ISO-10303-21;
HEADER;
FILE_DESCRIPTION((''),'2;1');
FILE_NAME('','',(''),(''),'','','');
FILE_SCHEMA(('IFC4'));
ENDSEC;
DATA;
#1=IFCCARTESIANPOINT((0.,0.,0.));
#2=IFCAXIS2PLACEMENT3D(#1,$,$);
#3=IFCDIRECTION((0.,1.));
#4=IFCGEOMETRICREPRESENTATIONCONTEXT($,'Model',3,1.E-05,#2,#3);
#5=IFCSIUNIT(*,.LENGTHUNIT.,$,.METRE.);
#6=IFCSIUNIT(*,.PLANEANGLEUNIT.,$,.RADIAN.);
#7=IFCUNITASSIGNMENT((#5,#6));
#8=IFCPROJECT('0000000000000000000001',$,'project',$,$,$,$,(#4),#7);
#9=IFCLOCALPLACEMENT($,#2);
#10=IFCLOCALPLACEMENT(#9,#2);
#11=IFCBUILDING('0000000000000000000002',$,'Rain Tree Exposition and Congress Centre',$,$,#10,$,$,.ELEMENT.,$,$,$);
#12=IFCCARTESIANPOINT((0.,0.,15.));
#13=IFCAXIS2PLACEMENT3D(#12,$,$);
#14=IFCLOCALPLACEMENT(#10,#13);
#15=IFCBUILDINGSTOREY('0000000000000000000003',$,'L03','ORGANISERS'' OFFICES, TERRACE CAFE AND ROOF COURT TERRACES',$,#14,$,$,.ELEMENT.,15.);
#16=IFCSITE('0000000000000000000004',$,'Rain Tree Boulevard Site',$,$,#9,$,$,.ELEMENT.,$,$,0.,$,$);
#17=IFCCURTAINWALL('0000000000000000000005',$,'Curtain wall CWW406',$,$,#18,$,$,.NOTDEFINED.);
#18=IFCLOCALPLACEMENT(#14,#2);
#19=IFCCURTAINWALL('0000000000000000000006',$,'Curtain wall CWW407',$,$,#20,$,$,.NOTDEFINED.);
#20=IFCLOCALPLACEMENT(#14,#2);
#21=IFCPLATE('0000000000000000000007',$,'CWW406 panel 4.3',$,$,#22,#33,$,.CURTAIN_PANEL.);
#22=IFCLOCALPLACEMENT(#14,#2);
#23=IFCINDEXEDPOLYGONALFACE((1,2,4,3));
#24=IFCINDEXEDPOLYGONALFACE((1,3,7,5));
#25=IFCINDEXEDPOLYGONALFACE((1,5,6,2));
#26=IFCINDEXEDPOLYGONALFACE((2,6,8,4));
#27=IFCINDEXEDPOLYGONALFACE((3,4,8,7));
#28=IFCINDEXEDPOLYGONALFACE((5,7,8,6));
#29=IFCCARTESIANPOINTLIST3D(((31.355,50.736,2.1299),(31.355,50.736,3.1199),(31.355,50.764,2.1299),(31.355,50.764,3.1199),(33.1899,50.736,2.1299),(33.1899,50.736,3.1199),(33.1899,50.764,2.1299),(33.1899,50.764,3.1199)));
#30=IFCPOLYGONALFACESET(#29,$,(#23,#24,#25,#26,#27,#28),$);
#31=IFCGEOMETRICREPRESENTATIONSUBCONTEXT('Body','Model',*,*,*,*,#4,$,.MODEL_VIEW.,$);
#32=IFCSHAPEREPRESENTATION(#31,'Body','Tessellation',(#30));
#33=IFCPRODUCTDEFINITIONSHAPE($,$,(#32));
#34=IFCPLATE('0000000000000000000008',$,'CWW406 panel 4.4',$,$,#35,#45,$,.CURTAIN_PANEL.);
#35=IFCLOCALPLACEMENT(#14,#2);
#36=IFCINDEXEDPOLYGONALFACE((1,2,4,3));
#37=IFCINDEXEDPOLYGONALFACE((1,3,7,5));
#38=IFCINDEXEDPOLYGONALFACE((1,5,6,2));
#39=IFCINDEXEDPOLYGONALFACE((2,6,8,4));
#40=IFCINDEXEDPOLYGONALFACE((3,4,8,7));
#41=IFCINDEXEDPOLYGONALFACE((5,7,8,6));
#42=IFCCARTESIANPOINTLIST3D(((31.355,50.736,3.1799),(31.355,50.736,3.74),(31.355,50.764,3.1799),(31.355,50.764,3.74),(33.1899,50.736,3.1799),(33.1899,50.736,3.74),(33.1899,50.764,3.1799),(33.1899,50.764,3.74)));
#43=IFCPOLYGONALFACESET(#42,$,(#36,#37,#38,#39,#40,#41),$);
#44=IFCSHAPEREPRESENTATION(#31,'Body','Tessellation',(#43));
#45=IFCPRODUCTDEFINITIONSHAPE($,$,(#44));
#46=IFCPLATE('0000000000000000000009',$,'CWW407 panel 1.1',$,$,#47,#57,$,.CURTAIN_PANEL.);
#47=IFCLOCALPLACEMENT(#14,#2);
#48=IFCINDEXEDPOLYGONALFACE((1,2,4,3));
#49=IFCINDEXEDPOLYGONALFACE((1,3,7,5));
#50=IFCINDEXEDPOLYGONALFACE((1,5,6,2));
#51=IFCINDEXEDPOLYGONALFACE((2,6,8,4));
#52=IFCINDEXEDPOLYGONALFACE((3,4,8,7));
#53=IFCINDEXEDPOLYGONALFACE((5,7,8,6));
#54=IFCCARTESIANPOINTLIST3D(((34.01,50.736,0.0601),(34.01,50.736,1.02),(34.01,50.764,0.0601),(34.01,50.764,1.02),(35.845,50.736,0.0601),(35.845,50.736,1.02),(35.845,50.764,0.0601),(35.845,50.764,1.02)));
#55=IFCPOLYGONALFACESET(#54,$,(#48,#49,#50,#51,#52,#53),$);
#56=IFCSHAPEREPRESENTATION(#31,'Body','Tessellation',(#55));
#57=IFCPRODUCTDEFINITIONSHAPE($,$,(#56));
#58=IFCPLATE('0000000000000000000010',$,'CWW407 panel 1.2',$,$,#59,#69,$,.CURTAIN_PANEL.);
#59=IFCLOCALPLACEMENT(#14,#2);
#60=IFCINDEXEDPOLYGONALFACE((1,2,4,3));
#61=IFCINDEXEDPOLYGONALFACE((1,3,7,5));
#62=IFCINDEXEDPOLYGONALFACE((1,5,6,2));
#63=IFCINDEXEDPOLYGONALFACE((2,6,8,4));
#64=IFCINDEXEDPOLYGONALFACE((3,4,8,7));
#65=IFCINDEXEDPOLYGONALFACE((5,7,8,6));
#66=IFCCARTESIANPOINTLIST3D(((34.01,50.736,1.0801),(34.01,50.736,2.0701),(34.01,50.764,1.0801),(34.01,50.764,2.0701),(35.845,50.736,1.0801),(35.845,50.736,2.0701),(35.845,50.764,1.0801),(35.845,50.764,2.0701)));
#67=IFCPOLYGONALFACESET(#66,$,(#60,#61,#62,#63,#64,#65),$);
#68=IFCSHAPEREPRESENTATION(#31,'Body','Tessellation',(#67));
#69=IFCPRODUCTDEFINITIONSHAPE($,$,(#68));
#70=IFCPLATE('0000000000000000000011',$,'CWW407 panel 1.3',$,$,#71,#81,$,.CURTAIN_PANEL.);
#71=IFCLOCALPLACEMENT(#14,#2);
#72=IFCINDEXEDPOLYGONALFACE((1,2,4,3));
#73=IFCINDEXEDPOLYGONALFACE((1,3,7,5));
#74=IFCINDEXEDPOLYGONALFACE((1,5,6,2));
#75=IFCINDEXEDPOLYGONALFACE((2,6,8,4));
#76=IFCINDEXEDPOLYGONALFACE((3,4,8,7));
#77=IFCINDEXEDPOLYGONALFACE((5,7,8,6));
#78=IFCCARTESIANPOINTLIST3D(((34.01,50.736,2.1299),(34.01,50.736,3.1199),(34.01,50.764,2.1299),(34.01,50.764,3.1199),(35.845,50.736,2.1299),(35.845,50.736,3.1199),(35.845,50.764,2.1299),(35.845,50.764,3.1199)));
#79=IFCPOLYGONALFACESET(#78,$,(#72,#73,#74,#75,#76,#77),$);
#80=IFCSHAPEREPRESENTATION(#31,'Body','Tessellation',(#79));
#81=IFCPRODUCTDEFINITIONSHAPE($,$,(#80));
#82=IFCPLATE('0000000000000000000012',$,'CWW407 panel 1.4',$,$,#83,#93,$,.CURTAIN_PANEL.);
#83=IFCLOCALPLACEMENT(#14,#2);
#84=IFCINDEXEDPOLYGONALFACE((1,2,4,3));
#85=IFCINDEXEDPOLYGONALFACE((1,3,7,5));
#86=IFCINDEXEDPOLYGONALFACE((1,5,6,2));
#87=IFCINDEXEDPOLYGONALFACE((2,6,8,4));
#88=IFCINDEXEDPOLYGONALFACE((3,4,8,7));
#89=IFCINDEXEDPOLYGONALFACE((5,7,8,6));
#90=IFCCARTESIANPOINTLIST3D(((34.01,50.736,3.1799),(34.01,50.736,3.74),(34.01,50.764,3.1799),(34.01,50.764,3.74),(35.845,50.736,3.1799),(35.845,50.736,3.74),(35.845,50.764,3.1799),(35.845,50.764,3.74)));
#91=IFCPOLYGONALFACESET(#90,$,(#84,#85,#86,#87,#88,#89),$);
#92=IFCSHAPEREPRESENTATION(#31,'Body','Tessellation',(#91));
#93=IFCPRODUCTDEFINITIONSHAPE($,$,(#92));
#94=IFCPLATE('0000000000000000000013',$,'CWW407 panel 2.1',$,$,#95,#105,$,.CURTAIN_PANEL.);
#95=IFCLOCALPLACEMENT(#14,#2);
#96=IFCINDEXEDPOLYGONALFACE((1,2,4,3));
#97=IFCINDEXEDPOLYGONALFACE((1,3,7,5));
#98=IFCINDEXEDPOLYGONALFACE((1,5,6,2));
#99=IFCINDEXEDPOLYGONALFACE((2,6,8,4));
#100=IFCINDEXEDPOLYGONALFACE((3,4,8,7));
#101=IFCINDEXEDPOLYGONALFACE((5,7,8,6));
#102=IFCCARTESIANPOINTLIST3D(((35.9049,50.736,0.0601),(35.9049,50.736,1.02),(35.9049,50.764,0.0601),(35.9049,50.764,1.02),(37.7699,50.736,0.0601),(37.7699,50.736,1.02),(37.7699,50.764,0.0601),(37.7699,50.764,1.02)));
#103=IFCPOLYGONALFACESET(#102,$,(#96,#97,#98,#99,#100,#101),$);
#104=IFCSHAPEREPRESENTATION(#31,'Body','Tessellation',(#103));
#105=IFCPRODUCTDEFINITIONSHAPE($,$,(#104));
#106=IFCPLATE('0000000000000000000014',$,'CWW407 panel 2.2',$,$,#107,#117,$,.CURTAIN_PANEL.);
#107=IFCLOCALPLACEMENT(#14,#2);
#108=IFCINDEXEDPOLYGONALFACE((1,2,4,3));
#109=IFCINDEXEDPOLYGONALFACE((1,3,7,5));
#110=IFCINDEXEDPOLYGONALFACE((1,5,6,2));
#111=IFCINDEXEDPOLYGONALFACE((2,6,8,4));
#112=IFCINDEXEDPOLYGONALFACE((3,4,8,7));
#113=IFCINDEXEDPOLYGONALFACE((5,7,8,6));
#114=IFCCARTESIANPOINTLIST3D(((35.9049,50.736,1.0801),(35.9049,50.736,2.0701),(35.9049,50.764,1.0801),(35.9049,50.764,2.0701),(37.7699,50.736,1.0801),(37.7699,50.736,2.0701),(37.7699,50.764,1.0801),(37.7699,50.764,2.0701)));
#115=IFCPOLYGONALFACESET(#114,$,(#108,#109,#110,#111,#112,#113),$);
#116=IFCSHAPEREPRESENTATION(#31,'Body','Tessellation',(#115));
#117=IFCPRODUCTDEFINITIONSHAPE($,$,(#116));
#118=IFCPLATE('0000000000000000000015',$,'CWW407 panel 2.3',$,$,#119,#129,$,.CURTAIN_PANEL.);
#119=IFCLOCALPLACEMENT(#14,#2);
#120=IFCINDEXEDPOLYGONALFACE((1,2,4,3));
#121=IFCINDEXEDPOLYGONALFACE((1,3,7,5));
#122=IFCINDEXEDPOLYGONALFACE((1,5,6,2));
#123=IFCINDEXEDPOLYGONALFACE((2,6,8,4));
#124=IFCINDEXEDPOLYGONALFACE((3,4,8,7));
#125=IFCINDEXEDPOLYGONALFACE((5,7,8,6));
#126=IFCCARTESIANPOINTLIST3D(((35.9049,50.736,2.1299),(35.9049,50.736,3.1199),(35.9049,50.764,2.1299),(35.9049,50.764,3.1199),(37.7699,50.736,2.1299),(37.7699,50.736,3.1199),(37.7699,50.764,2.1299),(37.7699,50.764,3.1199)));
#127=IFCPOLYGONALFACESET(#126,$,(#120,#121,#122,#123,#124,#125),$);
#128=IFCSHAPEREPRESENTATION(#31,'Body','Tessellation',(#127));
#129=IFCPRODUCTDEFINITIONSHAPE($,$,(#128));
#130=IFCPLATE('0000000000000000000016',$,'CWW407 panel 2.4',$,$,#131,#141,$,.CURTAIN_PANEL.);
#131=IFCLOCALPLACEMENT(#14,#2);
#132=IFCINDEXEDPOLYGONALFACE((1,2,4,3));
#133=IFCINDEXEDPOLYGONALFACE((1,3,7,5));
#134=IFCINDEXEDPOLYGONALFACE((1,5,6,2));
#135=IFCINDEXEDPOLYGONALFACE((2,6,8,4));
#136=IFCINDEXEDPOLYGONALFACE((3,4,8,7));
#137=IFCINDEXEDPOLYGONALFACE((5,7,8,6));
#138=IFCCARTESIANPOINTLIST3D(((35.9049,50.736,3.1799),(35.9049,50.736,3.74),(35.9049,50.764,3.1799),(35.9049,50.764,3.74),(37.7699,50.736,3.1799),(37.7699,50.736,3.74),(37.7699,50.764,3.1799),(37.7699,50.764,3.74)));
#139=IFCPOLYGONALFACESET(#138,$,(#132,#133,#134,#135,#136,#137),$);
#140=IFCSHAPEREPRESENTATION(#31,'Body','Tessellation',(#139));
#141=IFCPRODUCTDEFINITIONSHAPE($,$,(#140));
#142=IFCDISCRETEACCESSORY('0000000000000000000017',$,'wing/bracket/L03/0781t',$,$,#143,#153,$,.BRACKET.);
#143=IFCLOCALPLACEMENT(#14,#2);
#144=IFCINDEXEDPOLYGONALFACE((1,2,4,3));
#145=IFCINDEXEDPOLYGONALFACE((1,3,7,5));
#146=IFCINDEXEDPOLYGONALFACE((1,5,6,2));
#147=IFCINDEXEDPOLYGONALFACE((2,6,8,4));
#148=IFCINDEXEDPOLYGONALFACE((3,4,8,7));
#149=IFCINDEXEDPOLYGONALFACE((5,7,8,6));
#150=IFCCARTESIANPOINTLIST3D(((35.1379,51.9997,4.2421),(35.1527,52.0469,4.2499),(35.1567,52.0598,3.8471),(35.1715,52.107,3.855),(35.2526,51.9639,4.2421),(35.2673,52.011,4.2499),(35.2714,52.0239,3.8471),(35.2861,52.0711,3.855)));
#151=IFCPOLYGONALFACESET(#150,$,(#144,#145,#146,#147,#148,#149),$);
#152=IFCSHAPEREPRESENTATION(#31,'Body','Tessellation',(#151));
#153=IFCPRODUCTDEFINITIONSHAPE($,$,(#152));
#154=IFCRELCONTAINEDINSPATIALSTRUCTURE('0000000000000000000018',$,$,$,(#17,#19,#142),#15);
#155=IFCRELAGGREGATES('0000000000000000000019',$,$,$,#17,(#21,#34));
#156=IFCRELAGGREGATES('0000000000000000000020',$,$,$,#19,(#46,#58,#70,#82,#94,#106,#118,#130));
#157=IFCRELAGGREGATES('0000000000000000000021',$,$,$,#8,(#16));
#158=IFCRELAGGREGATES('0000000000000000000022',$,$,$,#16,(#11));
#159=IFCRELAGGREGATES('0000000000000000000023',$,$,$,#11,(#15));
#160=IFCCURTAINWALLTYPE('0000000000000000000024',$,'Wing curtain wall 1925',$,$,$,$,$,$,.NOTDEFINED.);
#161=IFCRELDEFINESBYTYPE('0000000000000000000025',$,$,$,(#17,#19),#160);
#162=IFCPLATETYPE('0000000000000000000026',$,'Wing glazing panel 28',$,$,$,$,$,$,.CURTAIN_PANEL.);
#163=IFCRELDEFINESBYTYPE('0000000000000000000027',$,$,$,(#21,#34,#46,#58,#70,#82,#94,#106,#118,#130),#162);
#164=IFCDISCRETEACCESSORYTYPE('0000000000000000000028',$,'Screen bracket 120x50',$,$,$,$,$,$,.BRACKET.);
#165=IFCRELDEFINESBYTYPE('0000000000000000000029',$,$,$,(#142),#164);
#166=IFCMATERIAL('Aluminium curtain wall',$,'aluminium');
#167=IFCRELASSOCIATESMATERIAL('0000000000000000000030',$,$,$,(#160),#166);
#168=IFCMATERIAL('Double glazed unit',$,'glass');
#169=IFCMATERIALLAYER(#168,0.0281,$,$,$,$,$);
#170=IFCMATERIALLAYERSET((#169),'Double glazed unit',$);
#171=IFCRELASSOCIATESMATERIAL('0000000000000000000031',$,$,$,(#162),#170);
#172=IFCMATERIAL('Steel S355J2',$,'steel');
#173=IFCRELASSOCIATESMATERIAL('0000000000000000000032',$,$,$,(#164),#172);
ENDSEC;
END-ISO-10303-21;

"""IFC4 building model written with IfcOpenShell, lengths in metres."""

from ifc_helpers import new_model, si_unit, direction, frame, origin, origin_2d, place, context, subcontext, project, spatial, rectangle, extrude, material, layer, layer_set, material_profile, profile_set, type_object, element, aggregate, save


model = new_model("IFC4")

# Units and contexts
model_context = context("Model", 3, precision=1e-05, world=origin(), true_north=direction((0.0, 1.0)))
body_context = subcontext(model_context, "Body", "Model", "MODEL_VIEW")
ifc_project = project(units=[si_unit("LENGTHUNIT", "METRE"), si_unit("PLANEANGLEUNIT", "RADIAN")], contexts=[model_context])

# Site, building, storey
site_placement = place(None, origin())
site = spatial("IfcSite", under=ifc_project, at=site_placement, Name="Rain Tree Boulevard Site", CompositionType="ELEMENT", RefElevation=0.0)
building_placement = place(site_placement, origin())
building = spatial("IfcBuilding", under=site, at=building_placement, Name="Rain Tree Exposition and Congress Centre", CompositionType="ELEMENT")
storey_placement = place(building_placement, frame((0.0, 0.0, 15.0)))
storey = spatial("IfcBuildingStorey", under=building, at=storey_placement, Name="L03", Description="ORGANISERS' OFFICES, TERRACE CAFE AND ROOF COURT TERRACES", CompositionType="ELEMENT", Elevation=15.0)

# Curtain wall
ifc_material_1 = material(Name="Aluminium curtain wall", Category="aluminium")
curtain_wall_type = type_object("IfcCurtainWallType", Name="Wing curtain wall 1925", PredefinedType="NOTDEFINED", material=ifc_material_1)
curtain_wall_1_placement = place(storey_placement, origin())
curtain_wall_1 = element("IfcCurtainWall", 1, at=curtain_wall_1_placement, inside=storey, type_object=curtain_wall_type, Name="Curtain wall CWW406", PredefinedType="NOTDEFINED")

# Curtain wall
curtain_wall_2_placement = place(storey_placement, origin())
curtain_wall_2 = element("IfcCurtainWall", 2, at=curtain_wall_2_placement, inside=storey, type_object=curtain_wall_type, Name="Curtain wall CWW407", PredefinedType="NOTDEFINED")

# Plates
ifc_material_2 = material(Name="Double glazed unit", Category="glass")
ifc_layer = layer(ifc_material_2, 0.0281)
ifc_layer_set = layer_set([ifc_layer], Name="Double glazed unit")
plate_type = type_object("IfcPlateType", Name="Wing glazing panel 28", PredefinedType="CURTAIN_PANEL", material=ifc_layer_set)
plate_1_placement = place(storey_placement, frame((32.2725, 50.75, 2.1299), z_axis=(0.0, 0.0, 1.0), x_axis=(1.0, 0.0, 0.0)))
plate_1 = element("IfcPlate", 3, at=plate_1_placement, type_object=plate_type, Name="CWW406 panel 4.3", PredefinedType="CURTAIN_PANEL", context=body_context, shape_type="SweptSolid", body=[
    extrude(rectangle(XDim=1.835, YDim=0.0281, at=origin_2d()), origin(), (0.0, 0.0, 1.0), 0.99),
])
plate_2_placement = place(storey_placement, frame((32.2725, 50.75, 3.1799), z_axis=(0.0, 0.0, 1.0), x_axis=(1.0, 0.0, 0.0)))
plate_2 = element("IfcPlate", 4, at=plate_2_placement, type_object=plate_type, Name="CWW406 panel 4.4", PredefinedType="CURTAIN_PANEL", context=body_context, shape_type="SweptSolid", body=[
    extrude(rectangle(XDim=1.835, YDim=0.0281, at=origin_2d()), origin(), (0.0, 0.0, 1.0), 0.5601),
])
aggregate(curtain_wall_1, [plate_1, plate_2])
plate_3_placement = place(storey_placement, frame((34.9275, 50.75, 0.0601), z_axis=(0.0, 0.0, 1.0), x_axis=(1.0, 0.0, 0.0)))
plate_3 = element("IfcPlate", 5, at=plate_3_placement, type_object=plate_type, Name="CWW407 panel 1.1", PredefinedType="CURTAIN_PANEL", context=body_context, shape_type="SweptSolid", body=[
    extrude(rectangle(XDim=1.835, YDim=0.0281, at=origin_2d()), origin(), (0.0, 0.0, 1.0), 0.96),
])
plate_4_placement = place(storey_placement, frame((34.9275, 50.75, 1.0801), z_axis=(0.0, 0.0, 1.0), x_axis=(1.0, 0.0, 0.0)))
plate_4 = element("IfcPlate", 6, at=plate_4_placement, type_object=plate_type, Name="CWW407 panel 1.2", PredefinedType="CURTAIN_PANEL", context=body_context, shape_type="SweptSolid", body=[
    extrude(rectangle(XDim=1.835, YDim=0.0281, at=origin_2d()), origin(), (0.0, 0.0, 1.0), 0.99),
])
plate_5_placement = place(storey_placement, frame((34.9275, 50.75, 2.1299), z_axis=(0.0, 0.0, 1.0), x_axis=(1.0, 0.0, 0.0)))
plate_5 = element("IfcPlate", 7, at=plate_5_placement, type_object=plate_type, Name="CWW407 panel 1.3", PredefinedType="CURTAIN_PANEL", context=body_context, shape_type="SweptSolid", body=[
    extrude(rectangle(XDim=1.835, YDim=0.0281, at=origin_2d()), origin(), (0.0, 0.0, 1.0), 0.99),
])
plate_6_placement = place(storey_placement, frame((34.9275, 50.75, 3.1799), z_axis=(0.0, 0.0, 1.0), x_axis=(1.0, 0.0, 0.0)))
plate_6 = element("IfcPlate", 8, at=plate_6_placement, type_object=plate_type, Name="CWW407 panel 1.4", PredefinedType="CURTAIN_PANEL", context=body_context, shape_type="SweptSolid", body=[
    extrude(rectangle(XDim=1.835, YDim=0.0281, at=origin_2d()), origin(), (0.0, 0.0, 1.0), 0.5601),
])
plate_7_placement = place(storey_placement, frame((36.8374, 50.75, 0.0601), z_axis=(0.0, 0.0, 1.0), x_axis=(1.0, 0.0, 0.0)))
plate_7 = element("IfcPlate", 9, at=plate_7_placement, type_object=plate_type, Name="CWW407 panel 2.1", PredefinedType="CURTAIN_PANEL", context=body_context, shape_type="SweptSolid", body=[
    extrude(rectangle(XDim=1.865, YDim=0.0281, at=origin_2d()), origin(), (0.0, 0.0, 1.0), 0.96),
])
plate_8_placement = place(storey_placement, frame((36.8374, 50.75, 1.0801), z_axis=(0.0, 0.0, 1.0), x_axis=(1.0, 0.0, 0.0)))
plate_8 = element("IfcPlate", 10, at=plate_8_placement, type_object=plate_type, Name="CWW407 panel 2.2", PredefinedType="CURTAIN_PANEL", context=body_context, shape_type="SweptSolid", body=[
    extrude(rectangle(XDim=1.865, YDim=0.0281, at=origin_2d()), origin(), (0.0, 0.0, 1.0), 0.99),
])
plate_9_placement = place(storey_placement, frame((36.8374, 50.75, 2.1299), z_axis=(0.0, 0.0, 1.0), x_axis=(1.0, 0.0, 0.0)))
plate_9 = element("IfcPlate", 11, at=plate_9_placement, type_object=plate_type, Name="CWW407 panel 2.3", PredefinedType="CURTAIN_PANEL", context=body_context, shape_type="SweptSolid", body=[
    extrude(rectangle(XDim=1.865, YDim=0.0281, at=origin_2d()), origin(), (0.0, 0.0, 1.0), 0.99),
])
plate_10_placement = place(storey_placement, frame((36.8374, 50.75, 3.1799), z_axis=(0.0, 0.0, 1.0), x_axis=(1.0, 0.0, 0.0)))
plate_10 = element("IfcPlate", 12, at=plate_10_placement, type_object=plate_type, Name="CWW407 panel 2.4", PredefinedType="CURTAIN_PANEL", context=body_context, shape_type="SweptSolid", body=[
    extrude(rectangle(XDim=1.865, YDim=0.0281, at=origin_2d()), origin(), (0.0, 0.0, 1.0), 0.5601),
])
aggregate(curtain_wall_2, [plate_3, plate_4, plate_5, plate_6, plate_7, plate_8, plate_9, plate_10])

# Discrete accessory
ifc_material_3 = material(Name="Steel S355J2", Category="steel")
ifc_material_profile_1 = material_profile(ifc_material_3, rectangle(XDim=0.1201, YDim=0.05, at=origin_2d()), Name="Flat bar 120x50")
ifc_profile_set_1 = profile_set([ifc_material_profile_1], Name="Steel S355J2")
discrete_accessory_type = type_object("IfcDiscreteAccessoryType", Name="Screen bracket 120x50", PredefinedType="BRACKET", material=ifc_profile_set_1)
discrete_accessory_placement = place(storey_placement, frame((35.2214, 52.0654, 3.8511), z_axis=(-0.046997, -0.150146, 0.987546), x_axis=(0.954342, -0.298717, 0.0)))
element("IfcDiscreteAccessory", 13, at=discrete_accessory_placement, inside=storey, type_object=discrete_accessory_type, Name="wing/bracket/L03/0781t", PredefinedType="BRACKET", context=body_context, shape_type="SweptSolid", body=[
    extrude(rectangle(XDim=0.1201, YDim=0.05, at=origin_2d()), origin(), (0.0, 0.0, 1.0), 0.3999),
])

save(model, "model.ifc")
